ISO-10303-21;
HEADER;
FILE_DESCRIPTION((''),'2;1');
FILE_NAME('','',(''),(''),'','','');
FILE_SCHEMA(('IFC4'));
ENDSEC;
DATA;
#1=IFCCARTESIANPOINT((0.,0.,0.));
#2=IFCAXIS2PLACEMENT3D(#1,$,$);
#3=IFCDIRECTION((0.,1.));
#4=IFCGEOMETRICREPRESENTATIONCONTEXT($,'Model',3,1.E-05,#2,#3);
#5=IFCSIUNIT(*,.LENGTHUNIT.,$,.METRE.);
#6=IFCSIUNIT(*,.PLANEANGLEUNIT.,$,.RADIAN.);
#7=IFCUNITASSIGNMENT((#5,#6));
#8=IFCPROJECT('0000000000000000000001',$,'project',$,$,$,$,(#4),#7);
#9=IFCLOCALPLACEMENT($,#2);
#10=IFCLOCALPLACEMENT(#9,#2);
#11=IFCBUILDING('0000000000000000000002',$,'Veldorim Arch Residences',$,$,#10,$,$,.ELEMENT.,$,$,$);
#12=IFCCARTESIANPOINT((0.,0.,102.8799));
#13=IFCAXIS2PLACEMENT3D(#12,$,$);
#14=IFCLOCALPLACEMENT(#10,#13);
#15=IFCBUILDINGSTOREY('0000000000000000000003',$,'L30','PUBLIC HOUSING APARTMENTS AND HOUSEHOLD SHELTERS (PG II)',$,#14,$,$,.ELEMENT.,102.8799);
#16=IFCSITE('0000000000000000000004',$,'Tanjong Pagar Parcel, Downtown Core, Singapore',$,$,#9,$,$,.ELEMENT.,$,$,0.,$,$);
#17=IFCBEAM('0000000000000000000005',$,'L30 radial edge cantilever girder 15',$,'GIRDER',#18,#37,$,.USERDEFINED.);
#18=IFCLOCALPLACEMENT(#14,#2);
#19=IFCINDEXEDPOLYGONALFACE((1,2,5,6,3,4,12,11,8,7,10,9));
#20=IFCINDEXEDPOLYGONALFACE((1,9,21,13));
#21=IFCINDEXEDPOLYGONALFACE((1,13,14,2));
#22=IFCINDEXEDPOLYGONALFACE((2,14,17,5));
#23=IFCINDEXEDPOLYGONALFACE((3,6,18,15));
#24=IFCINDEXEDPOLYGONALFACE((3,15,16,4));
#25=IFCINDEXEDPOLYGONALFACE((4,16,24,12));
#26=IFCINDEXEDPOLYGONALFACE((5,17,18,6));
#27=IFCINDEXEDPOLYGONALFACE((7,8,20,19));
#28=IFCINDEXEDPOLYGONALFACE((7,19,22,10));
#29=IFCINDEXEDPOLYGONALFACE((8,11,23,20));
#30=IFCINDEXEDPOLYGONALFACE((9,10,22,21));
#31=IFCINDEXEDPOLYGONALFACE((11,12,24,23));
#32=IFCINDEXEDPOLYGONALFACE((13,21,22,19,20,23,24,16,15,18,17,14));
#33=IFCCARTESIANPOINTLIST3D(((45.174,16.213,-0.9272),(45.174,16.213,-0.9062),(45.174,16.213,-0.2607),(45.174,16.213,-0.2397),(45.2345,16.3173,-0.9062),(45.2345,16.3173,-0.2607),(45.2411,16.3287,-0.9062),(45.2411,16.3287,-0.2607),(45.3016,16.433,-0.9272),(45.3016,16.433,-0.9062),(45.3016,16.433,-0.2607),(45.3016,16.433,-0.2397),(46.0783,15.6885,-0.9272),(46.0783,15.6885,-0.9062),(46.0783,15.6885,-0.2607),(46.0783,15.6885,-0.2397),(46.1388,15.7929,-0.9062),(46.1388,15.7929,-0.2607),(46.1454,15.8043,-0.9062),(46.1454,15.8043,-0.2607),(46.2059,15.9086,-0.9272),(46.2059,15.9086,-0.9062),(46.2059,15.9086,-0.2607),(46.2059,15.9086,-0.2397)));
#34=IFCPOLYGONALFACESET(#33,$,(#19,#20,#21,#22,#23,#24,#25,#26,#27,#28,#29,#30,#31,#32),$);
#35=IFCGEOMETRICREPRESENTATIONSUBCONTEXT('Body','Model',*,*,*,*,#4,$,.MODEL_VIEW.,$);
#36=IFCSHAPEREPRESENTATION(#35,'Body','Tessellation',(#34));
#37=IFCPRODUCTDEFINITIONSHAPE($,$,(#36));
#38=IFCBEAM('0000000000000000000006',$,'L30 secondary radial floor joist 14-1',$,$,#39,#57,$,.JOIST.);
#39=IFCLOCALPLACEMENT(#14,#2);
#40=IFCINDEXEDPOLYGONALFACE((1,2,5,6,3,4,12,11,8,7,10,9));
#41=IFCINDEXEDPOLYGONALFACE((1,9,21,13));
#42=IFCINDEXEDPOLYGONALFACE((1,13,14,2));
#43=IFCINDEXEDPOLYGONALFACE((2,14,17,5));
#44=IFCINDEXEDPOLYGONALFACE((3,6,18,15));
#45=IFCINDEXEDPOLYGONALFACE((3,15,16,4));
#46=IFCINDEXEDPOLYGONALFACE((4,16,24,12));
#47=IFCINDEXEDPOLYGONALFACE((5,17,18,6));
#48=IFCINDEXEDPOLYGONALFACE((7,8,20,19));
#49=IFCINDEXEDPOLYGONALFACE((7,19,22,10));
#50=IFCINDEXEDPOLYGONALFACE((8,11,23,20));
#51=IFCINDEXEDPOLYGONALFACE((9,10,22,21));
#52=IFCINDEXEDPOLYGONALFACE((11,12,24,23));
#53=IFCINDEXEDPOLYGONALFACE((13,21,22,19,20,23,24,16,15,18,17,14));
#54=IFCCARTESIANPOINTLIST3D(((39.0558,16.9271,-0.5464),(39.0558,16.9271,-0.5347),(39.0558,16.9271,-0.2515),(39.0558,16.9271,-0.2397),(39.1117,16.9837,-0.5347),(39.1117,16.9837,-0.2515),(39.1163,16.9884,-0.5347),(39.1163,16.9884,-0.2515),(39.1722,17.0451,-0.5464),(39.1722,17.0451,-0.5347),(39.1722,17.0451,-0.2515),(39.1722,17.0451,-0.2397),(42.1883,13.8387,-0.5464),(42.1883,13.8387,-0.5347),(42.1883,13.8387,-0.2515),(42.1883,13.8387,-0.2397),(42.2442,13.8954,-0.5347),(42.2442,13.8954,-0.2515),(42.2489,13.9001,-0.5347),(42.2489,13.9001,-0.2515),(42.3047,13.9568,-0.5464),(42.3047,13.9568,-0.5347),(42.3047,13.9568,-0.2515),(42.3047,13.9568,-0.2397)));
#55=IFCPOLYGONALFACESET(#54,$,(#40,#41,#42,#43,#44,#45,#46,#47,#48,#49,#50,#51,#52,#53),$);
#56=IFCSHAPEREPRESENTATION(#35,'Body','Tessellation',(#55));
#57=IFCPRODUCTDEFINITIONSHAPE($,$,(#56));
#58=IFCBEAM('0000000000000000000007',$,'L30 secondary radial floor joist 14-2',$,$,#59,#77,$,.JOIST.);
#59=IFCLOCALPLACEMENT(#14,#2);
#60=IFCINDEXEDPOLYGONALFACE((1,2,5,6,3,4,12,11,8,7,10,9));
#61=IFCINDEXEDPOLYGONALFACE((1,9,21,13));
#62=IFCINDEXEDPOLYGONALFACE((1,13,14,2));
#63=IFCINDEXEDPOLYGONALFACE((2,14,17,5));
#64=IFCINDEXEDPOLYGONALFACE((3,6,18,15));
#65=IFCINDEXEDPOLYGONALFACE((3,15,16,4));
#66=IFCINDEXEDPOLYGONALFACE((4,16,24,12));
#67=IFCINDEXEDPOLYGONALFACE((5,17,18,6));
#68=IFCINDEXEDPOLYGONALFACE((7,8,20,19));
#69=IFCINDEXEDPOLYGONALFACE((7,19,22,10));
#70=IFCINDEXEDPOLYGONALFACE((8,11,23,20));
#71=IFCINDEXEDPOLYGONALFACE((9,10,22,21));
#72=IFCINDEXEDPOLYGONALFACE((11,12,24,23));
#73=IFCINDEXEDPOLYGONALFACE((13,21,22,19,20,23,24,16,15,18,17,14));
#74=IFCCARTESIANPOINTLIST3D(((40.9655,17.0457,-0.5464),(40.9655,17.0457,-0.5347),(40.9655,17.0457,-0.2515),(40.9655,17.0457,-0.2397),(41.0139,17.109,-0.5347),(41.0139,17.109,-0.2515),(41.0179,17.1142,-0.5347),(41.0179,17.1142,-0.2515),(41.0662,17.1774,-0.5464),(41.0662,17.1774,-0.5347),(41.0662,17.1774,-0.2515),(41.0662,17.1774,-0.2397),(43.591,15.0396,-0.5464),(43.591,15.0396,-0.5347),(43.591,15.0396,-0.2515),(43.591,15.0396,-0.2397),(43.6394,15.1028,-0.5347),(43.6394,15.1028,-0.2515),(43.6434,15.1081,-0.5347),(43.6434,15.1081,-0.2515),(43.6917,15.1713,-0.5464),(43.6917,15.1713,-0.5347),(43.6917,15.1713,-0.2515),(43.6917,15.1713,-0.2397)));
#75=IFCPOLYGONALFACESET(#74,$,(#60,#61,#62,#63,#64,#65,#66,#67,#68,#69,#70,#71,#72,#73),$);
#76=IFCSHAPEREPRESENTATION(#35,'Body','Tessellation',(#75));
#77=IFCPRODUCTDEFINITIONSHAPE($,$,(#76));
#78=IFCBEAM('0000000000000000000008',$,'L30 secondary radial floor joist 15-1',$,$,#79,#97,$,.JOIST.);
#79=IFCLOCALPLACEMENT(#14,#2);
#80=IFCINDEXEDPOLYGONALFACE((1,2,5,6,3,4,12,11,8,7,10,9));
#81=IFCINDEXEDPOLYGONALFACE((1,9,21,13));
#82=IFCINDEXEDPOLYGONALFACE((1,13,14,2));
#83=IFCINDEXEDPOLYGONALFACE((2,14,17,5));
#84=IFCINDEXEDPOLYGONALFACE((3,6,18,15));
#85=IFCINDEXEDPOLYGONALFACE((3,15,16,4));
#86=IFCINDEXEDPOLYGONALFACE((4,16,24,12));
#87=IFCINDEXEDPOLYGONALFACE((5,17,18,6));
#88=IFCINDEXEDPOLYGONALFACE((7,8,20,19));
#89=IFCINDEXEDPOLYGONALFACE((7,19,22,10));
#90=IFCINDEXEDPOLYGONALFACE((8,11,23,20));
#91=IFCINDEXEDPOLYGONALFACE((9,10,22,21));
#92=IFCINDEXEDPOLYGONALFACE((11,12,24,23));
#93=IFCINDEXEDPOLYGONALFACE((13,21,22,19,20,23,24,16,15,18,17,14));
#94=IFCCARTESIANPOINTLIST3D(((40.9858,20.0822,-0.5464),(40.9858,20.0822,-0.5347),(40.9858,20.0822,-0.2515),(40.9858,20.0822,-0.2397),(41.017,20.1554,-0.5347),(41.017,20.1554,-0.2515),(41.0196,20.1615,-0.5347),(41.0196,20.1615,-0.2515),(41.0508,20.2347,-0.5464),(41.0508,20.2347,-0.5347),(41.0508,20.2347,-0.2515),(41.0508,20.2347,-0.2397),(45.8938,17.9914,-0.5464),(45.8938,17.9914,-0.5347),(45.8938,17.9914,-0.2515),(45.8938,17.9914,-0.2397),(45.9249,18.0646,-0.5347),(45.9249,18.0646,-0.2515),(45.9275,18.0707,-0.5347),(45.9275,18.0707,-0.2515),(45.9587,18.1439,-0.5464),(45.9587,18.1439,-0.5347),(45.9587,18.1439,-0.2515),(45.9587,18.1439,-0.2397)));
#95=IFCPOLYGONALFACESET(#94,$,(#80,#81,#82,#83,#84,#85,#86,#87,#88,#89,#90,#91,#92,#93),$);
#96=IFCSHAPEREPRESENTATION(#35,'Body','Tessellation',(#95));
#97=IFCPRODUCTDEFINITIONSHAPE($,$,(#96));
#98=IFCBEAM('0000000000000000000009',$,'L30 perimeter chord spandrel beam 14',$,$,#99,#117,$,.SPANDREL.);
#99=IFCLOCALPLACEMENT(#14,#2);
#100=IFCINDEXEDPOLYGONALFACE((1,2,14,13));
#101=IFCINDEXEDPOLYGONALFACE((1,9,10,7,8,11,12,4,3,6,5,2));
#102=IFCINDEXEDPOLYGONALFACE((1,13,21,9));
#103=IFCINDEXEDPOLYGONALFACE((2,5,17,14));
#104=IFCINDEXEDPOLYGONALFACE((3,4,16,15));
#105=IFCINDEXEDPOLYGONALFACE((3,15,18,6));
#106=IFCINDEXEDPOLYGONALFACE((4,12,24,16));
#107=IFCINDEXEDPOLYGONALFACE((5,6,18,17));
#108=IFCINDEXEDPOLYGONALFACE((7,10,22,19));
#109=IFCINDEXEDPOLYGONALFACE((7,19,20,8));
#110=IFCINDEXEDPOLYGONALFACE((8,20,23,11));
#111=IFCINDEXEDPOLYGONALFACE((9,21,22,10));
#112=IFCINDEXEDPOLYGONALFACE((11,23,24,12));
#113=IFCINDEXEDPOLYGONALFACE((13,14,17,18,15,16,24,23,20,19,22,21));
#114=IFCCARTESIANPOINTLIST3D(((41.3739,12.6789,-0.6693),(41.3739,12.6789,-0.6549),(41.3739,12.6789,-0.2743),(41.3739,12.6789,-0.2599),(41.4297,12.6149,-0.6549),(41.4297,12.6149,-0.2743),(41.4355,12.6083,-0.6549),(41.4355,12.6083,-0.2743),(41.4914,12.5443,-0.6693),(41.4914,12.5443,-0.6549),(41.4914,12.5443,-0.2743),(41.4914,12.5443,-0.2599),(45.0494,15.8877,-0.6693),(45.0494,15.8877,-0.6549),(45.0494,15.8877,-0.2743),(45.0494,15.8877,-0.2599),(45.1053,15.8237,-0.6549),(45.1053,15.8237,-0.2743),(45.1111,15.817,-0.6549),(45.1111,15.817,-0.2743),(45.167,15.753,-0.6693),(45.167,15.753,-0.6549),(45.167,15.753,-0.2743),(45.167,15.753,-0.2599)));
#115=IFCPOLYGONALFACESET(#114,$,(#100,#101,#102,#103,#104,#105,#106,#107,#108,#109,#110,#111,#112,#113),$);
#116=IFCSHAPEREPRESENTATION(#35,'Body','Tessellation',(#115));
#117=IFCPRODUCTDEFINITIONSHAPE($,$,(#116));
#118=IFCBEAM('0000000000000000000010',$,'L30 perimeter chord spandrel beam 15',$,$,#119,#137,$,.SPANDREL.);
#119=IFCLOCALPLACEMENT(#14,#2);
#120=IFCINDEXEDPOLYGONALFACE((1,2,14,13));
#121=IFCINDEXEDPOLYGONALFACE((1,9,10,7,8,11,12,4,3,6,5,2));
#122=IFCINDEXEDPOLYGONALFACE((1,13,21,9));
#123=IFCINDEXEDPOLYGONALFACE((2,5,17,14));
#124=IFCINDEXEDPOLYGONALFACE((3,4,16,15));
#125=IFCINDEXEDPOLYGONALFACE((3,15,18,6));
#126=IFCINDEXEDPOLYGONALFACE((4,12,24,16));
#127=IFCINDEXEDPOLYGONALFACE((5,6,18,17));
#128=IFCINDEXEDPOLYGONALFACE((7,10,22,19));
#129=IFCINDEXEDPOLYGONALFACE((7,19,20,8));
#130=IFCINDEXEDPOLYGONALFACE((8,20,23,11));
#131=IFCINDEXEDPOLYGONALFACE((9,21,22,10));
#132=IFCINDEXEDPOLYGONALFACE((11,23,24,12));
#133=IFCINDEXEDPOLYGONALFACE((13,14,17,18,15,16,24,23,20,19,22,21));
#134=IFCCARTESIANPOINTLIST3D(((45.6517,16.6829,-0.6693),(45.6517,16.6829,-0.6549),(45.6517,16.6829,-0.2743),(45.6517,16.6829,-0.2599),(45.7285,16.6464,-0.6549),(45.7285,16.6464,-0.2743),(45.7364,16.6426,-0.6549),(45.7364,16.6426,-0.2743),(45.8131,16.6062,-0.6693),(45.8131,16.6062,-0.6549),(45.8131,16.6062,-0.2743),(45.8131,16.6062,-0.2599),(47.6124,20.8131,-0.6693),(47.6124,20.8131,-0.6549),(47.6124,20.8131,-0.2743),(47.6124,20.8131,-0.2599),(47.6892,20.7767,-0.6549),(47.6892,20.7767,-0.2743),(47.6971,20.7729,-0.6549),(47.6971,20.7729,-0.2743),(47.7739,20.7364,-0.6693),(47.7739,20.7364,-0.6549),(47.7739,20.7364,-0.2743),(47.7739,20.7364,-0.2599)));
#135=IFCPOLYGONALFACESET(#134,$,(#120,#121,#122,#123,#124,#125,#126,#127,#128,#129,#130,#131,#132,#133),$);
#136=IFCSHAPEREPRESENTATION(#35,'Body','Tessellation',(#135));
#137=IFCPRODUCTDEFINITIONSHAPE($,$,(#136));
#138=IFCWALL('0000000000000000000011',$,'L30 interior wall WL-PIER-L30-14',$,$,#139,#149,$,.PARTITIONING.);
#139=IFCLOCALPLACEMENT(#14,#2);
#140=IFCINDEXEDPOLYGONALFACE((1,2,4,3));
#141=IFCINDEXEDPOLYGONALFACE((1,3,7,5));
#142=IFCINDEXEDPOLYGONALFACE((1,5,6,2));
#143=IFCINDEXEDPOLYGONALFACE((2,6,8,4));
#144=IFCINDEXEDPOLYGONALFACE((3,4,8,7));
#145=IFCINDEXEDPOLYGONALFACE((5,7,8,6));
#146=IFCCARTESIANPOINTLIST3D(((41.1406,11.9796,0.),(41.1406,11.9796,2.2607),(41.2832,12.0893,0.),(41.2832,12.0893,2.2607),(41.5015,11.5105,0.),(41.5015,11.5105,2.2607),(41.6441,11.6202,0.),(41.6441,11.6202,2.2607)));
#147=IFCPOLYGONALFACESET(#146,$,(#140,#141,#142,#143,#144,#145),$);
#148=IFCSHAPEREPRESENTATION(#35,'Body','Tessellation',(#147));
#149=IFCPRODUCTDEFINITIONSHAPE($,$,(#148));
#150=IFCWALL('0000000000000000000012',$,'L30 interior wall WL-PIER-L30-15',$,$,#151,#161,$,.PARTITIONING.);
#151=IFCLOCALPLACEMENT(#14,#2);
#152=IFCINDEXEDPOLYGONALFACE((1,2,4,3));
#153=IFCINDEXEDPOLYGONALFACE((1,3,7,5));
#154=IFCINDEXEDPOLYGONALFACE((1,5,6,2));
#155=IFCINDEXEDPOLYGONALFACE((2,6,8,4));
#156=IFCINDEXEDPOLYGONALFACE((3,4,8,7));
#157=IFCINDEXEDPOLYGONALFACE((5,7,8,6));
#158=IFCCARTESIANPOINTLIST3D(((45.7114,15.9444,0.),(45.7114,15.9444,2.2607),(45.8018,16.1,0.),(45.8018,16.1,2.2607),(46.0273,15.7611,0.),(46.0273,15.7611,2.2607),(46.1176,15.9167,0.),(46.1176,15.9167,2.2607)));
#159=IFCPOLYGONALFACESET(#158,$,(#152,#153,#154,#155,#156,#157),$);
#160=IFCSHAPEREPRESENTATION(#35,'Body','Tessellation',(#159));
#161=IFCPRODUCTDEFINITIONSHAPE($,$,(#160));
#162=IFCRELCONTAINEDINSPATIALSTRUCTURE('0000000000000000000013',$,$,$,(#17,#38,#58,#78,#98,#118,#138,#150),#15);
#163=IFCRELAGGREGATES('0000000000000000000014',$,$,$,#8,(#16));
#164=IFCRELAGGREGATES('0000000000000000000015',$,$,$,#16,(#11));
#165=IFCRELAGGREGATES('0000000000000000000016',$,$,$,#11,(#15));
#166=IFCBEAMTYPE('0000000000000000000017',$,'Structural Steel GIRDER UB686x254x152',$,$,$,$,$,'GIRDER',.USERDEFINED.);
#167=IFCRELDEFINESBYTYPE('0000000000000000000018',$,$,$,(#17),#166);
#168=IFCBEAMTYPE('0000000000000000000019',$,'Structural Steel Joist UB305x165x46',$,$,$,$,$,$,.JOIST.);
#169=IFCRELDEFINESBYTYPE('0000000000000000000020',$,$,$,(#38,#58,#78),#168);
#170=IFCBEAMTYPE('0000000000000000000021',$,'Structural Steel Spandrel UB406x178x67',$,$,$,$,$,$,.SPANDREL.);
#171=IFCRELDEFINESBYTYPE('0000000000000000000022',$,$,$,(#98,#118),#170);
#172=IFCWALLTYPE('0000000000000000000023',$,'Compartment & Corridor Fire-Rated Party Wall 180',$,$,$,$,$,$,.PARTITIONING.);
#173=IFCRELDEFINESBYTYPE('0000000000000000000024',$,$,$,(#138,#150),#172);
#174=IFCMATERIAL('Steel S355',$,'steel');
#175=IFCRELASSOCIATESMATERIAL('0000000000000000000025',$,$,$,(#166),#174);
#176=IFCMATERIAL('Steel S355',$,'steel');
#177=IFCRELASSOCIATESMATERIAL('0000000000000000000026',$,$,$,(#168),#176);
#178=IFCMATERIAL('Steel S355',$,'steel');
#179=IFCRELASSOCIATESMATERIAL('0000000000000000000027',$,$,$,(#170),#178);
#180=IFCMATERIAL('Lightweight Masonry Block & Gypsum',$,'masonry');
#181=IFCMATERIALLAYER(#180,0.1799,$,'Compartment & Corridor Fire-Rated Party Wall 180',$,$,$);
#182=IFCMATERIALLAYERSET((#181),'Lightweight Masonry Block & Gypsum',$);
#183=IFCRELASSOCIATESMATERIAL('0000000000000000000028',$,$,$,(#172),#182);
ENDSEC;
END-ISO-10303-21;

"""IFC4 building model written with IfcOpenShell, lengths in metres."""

from ifc_helpers import new_model, si_unit, direction, frame, frame_2d, origin, origin_2d, place, context, subcontext, project, spatial, rectangle, i_section, extrude, material, layer, layer_set, material_profile, profile_set, type_object, element, save


model = new_model("IFC4")

# Units and contexts
model_context = context("Model", 3, precision=1e-05, world=origin(), true_north=direction((0.0, 1.0)))
body_context = subcontext(model_context, "Body", "Model", "MODEL_VIEW")
ifc_project = project(units=[si_unit("LENGTHUNIT", "METRE"), si_unit("PLANEANGLEUNIT", "RADIAN")], contexts=[model_context])

# Site, building, storey
site_placement = place(None, origin())
site = spatial("IfcSite", under=ifc_project, at=site_placement, Name="Tanjong Pagar Parcel, Downtown Core, Singapore", CompositionType="ELEMENT", RefElevation=0.0)
building_placement = place(site_placement, origin())
building = spatial("IfcBuilding", under=site, at=building_placement, Name="Veldorim Arch Residences", CompositionType="ELEMENT")
storey_placement = place(building_placement, frame((0.0, 0.0, 102.8799)))
storey = spatial("IfcBuildingStorey", under=building, at=storey_placement, Name="L30", Description="PUBLIC HOUSING APARTMENTS AND HOUSEHOLD SHELTERS (PG II)", CompositionType="ELEMENT", Elevation=102.8799)

# Beams
ifc_material_1 = material(Name="Steel S355", Category="steel")
ifc_material_profile_1 = material_profile(ifc_material_1, i_section(OverallWidth=0.2544, OverallDepth=0.6875, WebThickness=0.0132, FlangeThickness=0.021, at=origin_2d()), Name="UB686x254x152")
ifc_profile_set_1 = profile_set([ifc_material_profile_1], Name="Steel S355")
beam_type_1 = type_object("IfcBeamType", Name="Structural Steel GIRDER UB686x254x152", ElementType="GIRDER", PredefinedType="USERDEFINED", material=ifc_profile_set_1)
beam_1_placement = place(storey_placement, frame((45.2378, 16.323, -0.5835), z_axis=(0.865064, -0.501662, 0.0), x_axis=(0.501662, 0.865064, 0.0)))
element("IfcBeam", 1, at=beam_1_placement, inside=storey, type_object=beam_type_1, Name="L30 radial edge cantilever girder 15", ObjectType="GIRDER", PredefinedType="USERDEFINED", context=body_context, shape_type="SweptSolid", body=[
    extrude(i_section(OverallWidth=0.2544, OverallDepth=0.6875, WebThickness=0.0132, FlangeThickness=0.021, at=origin_2d()), origin(), (0.0, 0.0, 1.0), 1.0454),
])
ifc_material_2 = material(Name="Steel S355", Category="steel")
ifc_material_profile_2 = material_profile(ifc_material_2, i_section(OverallWidth=0.1658, OverallDepth=0.3066, WebThickness=0.0066, FlangeThickness=0.0117, at=origin_2d()), Name="UB305x165x46")
ifc_profile_set_2 = profile_set([ifc_material_profile_2], Name="Steel S355")
beam_type_2 = type_object("IfcBeamType", Name="Structural Steel Joist UB305x165x46", PredefinedType="JOIST", material=ifc_profile_set_2)
beam_2_placement = place(storey_placement, frame((39.114, 16.9861, -0.3931), z_axis=(0.712112, -0.702066, 0.0), x_axis=(0.702066, 0.712112, 0.0)))
element("IfcBeam", 2, at=beam_2_placement, inside=storey, type_object=beam_type_2, Name="L30 secondary radial floor joist 14-1", PredefinedType="JOIST", context=body_context, shape_type="SweptSolid", body=[
    extrude(i_section(OverallWidth=0.1658, OverallDepth=0.3066, WebThickness=0.0066, FlangeThickness=0.0117, at=origin_2d()), origin(), (0.0, 0.0, 1.0), 4.3989),
])
beam_3_placement = place(storey_placement, frame((41.0159, 17.1116, -0.3931), z_axis=(0.794595, -0.60714, 0.0), x_axis=(0.60714, 0.794595, 0.0)))
element("IfcBeam", 3, at=beam_3_placement, inside=storey, type_object=beam_type_2, Name="L30 secondary radial floor joist 14-2", PredefinedType="JOIST", context=body_context, shape_type="SweptSolid", body=[
    extrude(i_section(OverallWidth=0.1658, OverallDepth=0.3066, WebThickness=0.0066, FlangeThickness=0.0117, at=origin_2d()), origin(), (0.0, 0.0, 1.0), 3.3042),
])
beam_4_placement = place(storey_placement, frame((41.0183, 20.1584, -0.3931), z_axis=(0.919997, -0.391924, 0.0), x_axis=(0.391924, 0.919997, 0.0)))
element("IfcBeam", 4, at=beam_4_placement, inside=storey, type_object=beam_type_2, Name="L30 secondary radial floor joist 15-1", PredefinedType="JOIST", context=body_context, shape_type="SweptSolid", body=[
    extrude(i_section(OverallWidth=0.1658, OverallDepth=0.3066, WebThickness=0.0066, FlangeThickness=0.0117, at=origin_2d()), origin(), (0.0, 0.0, 1.0), 5.3347),
])
ifc_material_3 = material(Name="Steel S355", Category="steel")
ifc_material_profile_3 = material_profile(ifc_material_3, i_section(OverallWidth=0.1787, OverallDepth=0.4094, WebThickness=0.0088, FlangeThickness=0.0144, at=origin_2d()), Name="UB406x178x67")
ifc_profile_set_3 = profile_set([ifc_material_profile_3], Name="Steel S355")
beam_type_3 = type_object("IfcBeamType", Name="Structural Steel Spandrel UB406x178x67", PredefinedType="SPANDREL", material=ifc_profile_set_3)
beam_5_placement = place(storey_placement, frame((41.4326, 12.6116, -0.4646), z_axis=(0.753323, 0.65765, 0.0), x_axis=(-0.65765, 0.753323, 0.0)))
element("IfcBeam", 5, at=beam_5_placement, inside=storey, type_object=beam_type_3, Name="L30 perimeter chord spandrel beam 14", PredefinedType="SPANDREL", context=body_context, shape_type="SweptSolid", body=[
    extrude(i_section(OverallWidth=0.1787, OverallDepth=0.4094, WebThickness=0.0088, FlangeThickness=0.0144, at=origin_2d()), origin(), (0.0, 0.0, 1.0), 4.8792),
])
beam_6_placement = place(storey_placement, frame((45.7324, 16.6445, -0.4646), z_axis=(0.428857, 0.903372, 0.0), x_axis=(-0.903372, 0.428857, 0.0)))
element("IfcBeam", 6, at=beam_6_placement, inside=storey, type_object=beam_type_3, Name="L30 perimeter chord spandrel beam 15", PredefinedType="SPANDREL", context=body_context, shape_type="SweptSolid", body=[
    extrude(i_section(OverallWidth=0.1787, OverallDepth=0.4094, WebThickness=0.0088, FlangeThickness=0.0144, at=origin_2d()), origin(), (0.0, 0.0, 1.0), 4.572),
])

# Walls
ifc_material_4 = material(Name="Lightweight Masonry Block & Gypsum", Category="masonry")
ifc_layer_1 = layer(ifc_material_4, 0.1799, Name="Compartment & Corridor Fire-Rated Party Wall 180")
ifc_layer_set_1 = layer_set([ifc_layer_1], Name="Lightweight Masonry Block & Gypsum")
wall_type_1 = type_object("IfcWallType", Name="Compartment & Corridor Fire-Rated Party Wall 180", PredefinedType="PARTITIONING", material=ifc_layer_set_1)
wall_1_placement = place(storey_placement, frame((41.2119, 12.0344, 0.0), z_axis=(0.0, 0.0, 1.0), x_axis=(0.609791, -0.792563, 0.0)))
element("IfcWall", 7, at=wall_1_placement, inside=storey, type_object=wall_type_1, Name="L30 interior wall WL-PIER-L30-14", PredefinedType="PARTITIONING", context=body_context, shape_type="SweptSolid", body=[
    extrude(rectangle(XDim=0.5918, YDim=0.1799, at=frame_2d((0.2959, 0.0))), origin(), (0.0, 0.0, 1.0), 2.2607),
])
wall_2_placement = place(storey_placement, frame((45.7566, 16.0222, 0.0), z_axis=(0.0, 0.0, 1.0), x_axis=(0.864892, -0.501958, 0.0)))
element("IfcWall", 8, at=wall_2_placement, inside=storey, type_object=wall_type_1, Name="L30 interior wall WL-PIER-L30-15", PredefinedType="PARTITIONING", context=body_context, shape_type="SweptSolid", body=[
    extrude(rectangle(XDim=0.3652, YDim=0.1799, at=frame_2d((0.1826, 0.0))), origin(), (0.0, 0.0, 1.0), 2.2607),
])

save(model, "model.ifc")
